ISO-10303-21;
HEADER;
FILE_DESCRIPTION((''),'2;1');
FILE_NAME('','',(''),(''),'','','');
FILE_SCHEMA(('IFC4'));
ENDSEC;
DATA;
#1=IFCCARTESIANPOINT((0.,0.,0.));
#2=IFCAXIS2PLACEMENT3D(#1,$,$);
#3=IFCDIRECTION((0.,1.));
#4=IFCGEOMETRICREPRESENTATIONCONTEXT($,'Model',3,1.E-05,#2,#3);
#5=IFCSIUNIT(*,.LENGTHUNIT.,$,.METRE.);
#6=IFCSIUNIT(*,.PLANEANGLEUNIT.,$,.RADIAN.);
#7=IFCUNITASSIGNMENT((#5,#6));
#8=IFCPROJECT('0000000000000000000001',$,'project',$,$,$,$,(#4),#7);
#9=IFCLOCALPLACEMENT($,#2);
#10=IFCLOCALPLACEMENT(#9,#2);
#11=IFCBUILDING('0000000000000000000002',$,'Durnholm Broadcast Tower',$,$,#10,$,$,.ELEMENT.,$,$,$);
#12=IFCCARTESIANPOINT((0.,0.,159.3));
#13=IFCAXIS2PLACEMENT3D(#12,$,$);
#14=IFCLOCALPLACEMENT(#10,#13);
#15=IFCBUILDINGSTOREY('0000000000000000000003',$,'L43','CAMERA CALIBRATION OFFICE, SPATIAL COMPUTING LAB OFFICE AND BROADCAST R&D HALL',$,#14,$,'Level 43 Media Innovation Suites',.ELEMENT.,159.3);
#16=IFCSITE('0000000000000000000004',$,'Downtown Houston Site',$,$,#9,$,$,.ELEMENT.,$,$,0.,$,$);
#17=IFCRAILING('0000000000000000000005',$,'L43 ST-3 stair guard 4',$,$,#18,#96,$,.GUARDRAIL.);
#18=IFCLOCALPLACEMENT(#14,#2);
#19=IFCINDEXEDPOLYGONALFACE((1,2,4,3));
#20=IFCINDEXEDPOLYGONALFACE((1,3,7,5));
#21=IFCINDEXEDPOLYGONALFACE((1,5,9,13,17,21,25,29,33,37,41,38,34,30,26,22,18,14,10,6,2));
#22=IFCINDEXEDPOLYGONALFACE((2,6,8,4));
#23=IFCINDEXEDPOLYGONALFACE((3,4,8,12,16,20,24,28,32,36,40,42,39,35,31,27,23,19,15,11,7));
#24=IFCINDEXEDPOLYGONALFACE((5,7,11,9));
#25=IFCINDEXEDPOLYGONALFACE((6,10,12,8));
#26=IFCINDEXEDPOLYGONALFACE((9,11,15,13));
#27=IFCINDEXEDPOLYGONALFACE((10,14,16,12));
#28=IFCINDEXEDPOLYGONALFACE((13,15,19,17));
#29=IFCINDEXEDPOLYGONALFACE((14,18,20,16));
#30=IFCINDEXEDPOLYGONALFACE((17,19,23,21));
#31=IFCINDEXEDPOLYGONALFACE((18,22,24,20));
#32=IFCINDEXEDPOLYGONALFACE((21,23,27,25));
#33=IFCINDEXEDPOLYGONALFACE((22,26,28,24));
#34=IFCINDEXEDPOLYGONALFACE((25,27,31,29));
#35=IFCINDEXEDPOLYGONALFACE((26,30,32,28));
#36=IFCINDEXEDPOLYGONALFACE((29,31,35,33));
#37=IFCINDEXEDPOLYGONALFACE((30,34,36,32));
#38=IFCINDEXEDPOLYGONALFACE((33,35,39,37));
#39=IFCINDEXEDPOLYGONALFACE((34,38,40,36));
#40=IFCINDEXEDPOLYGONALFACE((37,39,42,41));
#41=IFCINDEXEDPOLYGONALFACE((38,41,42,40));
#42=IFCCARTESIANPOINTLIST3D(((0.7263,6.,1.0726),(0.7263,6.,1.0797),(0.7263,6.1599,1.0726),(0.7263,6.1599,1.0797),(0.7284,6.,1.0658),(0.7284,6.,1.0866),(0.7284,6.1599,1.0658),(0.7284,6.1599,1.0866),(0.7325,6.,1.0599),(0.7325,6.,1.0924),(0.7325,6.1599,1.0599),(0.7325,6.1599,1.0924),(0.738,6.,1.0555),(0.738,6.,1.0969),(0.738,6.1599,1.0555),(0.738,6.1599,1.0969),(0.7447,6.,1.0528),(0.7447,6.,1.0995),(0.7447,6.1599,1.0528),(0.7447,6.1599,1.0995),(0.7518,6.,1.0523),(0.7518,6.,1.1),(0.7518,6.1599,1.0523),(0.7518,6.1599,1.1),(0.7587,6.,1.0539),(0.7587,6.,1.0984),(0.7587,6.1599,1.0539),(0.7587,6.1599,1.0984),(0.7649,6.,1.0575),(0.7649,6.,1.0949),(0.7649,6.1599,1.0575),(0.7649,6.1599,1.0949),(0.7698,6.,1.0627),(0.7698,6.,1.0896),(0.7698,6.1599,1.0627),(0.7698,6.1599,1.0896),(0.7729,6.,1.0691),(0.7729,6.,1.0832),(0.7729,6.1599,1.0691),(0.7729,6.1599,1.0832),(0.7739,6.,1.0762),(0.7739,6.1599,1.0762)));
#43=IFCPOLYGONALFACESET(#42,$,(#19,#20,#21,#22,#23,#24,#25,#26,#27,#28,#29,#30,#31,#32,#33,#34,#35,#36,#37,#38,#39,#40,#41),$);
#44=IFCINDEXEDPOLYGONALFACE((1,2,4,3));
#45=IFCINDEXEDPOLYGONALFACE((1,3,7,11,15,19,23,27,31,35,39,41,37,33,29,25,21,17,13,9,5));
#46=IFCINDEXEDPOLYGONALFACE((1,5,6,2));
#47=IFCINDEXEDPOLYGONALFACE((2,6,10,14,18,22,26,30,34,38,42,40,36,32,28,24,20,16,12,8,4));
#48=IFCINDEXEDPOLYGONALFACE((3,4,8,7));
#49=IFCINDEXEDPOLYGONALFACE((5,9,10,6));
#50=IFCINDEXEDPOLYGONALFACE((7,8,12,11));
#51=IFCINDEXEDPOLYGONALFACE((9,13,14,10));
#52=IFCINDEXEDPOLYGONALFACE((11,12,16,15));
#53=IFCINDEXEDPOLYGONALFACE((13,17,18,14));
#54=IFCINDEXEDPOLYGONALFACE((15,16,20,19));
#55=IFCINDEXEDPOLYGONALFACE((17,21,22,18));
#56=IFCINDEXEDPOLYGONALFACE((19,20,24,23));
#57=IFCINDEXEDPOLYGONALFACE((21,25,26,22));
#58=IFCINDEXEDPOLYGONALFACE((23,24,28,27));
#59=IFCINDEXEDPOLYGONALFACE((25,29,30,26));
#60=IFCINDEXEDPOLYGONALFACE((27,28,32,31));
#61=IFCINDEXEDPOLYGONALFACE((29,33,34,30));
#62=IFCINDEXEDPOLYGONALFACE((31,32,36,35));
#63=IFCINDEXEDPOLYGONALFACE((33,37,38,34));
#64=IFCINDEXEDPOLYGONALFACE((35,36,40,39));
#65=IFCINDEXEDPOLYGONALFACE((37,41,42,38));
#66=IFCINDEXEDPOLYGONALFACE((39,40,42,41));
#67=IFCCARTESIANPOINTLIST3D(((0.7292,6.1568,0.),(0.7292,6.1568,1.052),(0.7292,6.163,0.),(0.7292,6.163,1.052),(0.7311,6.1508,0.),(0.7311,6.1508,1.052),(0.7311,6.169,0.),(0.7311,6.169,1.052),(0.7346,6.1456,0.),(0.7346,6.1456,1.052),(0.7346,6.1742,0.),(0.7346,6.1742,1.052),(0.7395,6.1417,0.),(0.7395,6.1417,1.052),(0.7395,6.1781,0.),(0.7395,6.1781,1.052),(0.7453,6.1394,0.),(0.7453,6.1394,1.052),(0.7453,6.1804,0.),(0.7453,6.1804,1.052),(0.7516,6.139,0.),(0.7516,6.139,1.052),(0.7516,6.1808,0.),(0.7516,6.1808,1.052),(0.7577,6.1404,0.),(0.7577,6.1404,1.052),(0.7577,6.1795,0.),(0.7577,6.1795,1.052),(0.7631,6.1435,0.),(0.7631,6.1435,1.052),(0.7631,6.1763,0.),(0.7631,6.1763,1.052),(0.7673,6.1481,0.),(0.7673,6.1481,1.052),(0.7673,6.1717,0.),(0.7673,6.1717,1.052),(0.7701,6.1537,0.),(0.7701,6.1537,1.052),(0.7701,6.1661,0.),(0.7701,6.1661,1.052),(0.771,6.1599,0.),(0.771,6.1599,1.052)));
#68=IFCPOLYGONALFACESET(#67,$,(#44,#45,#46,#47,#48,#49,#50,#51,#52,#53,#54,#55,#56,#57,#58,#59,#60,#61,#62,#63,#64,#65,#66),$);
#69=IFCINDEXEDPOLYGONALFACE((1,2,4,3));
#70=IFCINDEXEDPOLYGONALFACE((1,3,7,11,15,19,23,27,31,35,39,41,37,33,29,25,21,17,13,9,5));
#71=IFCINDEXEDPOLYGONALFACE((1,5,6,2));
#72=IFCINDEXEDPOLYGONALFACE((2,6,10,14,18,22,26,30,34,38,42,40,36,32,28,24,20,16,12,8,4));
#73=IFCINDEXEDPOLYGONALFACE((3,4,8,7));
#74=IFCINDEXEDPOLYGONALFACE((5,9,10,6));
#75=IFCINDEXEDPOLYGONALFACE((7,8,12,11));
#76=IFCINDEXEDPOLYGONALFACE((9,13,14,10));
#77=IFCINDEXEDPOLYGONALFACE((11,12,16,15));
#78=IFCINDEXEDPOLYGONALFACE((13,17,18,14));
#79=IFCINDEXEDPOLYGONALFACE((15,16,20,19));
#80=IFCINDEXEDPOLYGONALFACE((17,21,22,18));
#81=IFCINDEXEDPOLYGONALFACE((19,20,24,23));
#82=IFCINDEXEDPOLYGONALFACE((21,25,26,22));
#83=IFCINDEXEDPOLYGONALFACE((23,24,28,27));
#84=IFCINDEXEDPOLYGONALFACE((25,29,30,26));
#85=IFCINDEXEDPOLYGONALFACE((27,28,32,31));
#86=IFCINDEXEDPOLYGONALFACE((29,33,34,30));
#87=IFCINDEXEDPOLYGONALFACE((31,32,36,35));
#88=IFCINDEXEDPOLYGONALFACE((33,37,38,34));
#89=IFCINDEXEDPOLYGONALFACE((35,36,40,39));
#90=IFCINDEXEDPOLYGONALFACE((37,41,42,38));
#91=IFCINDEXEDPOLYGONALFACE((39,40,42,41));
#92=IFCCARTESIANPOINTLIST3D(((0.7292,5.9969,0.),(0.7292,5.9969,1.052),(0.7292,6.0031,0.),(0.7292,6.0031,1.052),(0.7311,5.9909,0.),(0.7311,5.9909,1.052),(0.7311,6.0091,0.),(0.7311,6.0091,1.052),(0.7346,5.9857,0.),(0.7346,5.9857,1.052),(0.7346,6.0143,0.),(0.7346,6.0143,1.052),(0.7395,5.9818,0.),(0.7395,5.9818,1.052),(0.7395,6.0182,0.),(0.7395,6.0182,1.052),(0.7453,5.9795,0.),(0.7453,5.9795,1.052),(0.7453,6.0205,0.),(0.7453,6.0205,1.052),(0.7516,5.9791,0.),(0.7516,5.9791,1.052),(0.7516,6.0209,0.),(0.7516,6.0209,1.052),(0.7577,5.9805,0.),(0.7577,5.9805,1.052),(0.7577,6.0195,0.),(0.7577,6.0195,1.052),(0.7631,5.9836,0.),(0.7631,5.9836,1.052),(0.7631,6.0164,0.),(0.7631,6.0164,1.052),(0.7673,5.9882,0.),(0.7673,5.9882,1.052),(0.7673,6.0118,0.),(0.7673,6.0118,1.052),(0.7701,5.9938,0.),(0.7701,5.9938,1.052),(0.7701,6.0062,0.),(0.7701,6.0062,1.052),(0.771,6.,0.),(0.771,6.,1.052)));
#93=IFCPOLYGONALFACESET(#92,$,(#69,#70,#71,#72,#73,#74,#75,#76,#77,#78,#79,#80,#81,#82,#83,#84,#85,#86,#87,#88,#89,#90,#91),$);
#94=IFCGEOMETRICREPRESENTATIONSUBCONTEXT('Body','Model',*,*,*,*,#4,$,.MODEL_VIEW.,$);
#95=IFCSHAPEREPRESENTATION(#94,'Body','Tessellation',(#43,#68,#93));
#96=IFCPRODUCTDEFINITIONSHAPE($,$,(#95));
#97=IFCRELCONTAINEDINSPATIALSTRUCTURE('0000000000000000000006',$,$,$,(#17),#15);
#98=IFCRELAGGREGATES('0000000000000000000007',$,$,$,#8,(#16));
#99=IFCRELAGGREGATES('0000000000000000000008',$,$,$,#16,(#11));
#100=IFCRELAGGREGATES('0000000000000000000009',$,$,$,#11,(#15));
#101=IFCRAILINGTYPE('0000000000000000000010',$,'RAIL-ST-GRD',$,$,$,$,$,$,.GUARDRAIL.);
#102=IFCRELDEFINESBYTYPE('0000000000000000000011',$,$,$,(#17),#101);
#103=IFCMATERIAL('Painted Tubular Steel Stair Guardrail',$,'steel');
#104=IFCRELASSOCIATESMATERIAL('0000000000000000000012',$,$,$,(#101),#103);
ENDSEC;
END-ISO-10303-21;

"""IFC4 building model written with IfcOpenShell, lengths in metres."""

from ifc_helpers import new_model, si_unit, direction, frame, origin, origin_2d, place, context, subcontext, project, spatial, circle, extrude, material, type_object, element, save


model = new_model("IFC4")

# Units and contexts
model_context = context("Model", 3, precision=1e-05, world=origin(), true_north=direction((0.0, 1.0)))
body_context = subcontext(model_context, "Body", "Model", "MODEL_VIEW")
ifc_project = project(units=[si_unit("LENGTHUNIT", "METRE"), si_unit("PLANEANGLEUNIT", "RADIAN")], contexts=[model_context])

# Site, building, storey
site_placement = place(None, origin())
site = spatial("IfcSite", under=ifc_project, at=site_placement, Name="Downtown Houston Site", CompositionType="ELEMENT", RefElevation=0.0)
building_placement = place(site_placement, origin())
building = spatial("IfcBuilding", under=site, at=building_placement, Name="Durnholm Broadcast Tower", CompositionType="ELEMENT")
storey_placement = place(building_placement, frame((0.0, 0.0, 159.3)))
storey = spatial("IfcBuildingStorey", under=building, at=storey_placement, Name="L43", Description="CAMERA CALIBRATION OFFICE, SPATIAL COMPUTING LAB OFFICE AND BROADCAST R&D HALL", LongName="Level 43 Media Innovation Suites", CompositionType="ELEMENT", Elevation=159.3)

# Railing
ifc_material_1 = material(Name="Painted Tubular Steel Stair Guardrail", Category="steel")
railing_type_1 = type_object("IfcRailingType", Name="RAIL-ST-GRD", PredefinedType="GUARDRAIL", material=ifc_material_1)
railing_1_placement = place(storey_placement, frame((0.75, 6.1599, 0.0)))
element("IfcRailing", 1, at=railing_1_placement, inside=storey, type_object=railing_type_1, Name="L43 ST-3 stair guard 4", PredefinedType="GUARDRAIL", context=body_context, shape_type="SweptSolid", body=[
    extrude(circle(Radius=0.0239, at=origin_2d()), frame((0.0, 0.0, 1.0762), z_axis=(0.0, -1.0, 0.0), x_axis=(1.0, 0.0, 0.0)), (0.0, 0.0, 1.0), 0.1599),
    extrude(circle(Radius=0.021, at=origin_2d()), origin(), (0.0, 0.0, 1.0), 1.052),
    extrude(circle(Radius=0.021, at=origin_2d()), frame((0.0, -0.1599, 0.0)), (0.0, 0.0, 1.0), 1.052),
])

save(model, "model.ifc")
